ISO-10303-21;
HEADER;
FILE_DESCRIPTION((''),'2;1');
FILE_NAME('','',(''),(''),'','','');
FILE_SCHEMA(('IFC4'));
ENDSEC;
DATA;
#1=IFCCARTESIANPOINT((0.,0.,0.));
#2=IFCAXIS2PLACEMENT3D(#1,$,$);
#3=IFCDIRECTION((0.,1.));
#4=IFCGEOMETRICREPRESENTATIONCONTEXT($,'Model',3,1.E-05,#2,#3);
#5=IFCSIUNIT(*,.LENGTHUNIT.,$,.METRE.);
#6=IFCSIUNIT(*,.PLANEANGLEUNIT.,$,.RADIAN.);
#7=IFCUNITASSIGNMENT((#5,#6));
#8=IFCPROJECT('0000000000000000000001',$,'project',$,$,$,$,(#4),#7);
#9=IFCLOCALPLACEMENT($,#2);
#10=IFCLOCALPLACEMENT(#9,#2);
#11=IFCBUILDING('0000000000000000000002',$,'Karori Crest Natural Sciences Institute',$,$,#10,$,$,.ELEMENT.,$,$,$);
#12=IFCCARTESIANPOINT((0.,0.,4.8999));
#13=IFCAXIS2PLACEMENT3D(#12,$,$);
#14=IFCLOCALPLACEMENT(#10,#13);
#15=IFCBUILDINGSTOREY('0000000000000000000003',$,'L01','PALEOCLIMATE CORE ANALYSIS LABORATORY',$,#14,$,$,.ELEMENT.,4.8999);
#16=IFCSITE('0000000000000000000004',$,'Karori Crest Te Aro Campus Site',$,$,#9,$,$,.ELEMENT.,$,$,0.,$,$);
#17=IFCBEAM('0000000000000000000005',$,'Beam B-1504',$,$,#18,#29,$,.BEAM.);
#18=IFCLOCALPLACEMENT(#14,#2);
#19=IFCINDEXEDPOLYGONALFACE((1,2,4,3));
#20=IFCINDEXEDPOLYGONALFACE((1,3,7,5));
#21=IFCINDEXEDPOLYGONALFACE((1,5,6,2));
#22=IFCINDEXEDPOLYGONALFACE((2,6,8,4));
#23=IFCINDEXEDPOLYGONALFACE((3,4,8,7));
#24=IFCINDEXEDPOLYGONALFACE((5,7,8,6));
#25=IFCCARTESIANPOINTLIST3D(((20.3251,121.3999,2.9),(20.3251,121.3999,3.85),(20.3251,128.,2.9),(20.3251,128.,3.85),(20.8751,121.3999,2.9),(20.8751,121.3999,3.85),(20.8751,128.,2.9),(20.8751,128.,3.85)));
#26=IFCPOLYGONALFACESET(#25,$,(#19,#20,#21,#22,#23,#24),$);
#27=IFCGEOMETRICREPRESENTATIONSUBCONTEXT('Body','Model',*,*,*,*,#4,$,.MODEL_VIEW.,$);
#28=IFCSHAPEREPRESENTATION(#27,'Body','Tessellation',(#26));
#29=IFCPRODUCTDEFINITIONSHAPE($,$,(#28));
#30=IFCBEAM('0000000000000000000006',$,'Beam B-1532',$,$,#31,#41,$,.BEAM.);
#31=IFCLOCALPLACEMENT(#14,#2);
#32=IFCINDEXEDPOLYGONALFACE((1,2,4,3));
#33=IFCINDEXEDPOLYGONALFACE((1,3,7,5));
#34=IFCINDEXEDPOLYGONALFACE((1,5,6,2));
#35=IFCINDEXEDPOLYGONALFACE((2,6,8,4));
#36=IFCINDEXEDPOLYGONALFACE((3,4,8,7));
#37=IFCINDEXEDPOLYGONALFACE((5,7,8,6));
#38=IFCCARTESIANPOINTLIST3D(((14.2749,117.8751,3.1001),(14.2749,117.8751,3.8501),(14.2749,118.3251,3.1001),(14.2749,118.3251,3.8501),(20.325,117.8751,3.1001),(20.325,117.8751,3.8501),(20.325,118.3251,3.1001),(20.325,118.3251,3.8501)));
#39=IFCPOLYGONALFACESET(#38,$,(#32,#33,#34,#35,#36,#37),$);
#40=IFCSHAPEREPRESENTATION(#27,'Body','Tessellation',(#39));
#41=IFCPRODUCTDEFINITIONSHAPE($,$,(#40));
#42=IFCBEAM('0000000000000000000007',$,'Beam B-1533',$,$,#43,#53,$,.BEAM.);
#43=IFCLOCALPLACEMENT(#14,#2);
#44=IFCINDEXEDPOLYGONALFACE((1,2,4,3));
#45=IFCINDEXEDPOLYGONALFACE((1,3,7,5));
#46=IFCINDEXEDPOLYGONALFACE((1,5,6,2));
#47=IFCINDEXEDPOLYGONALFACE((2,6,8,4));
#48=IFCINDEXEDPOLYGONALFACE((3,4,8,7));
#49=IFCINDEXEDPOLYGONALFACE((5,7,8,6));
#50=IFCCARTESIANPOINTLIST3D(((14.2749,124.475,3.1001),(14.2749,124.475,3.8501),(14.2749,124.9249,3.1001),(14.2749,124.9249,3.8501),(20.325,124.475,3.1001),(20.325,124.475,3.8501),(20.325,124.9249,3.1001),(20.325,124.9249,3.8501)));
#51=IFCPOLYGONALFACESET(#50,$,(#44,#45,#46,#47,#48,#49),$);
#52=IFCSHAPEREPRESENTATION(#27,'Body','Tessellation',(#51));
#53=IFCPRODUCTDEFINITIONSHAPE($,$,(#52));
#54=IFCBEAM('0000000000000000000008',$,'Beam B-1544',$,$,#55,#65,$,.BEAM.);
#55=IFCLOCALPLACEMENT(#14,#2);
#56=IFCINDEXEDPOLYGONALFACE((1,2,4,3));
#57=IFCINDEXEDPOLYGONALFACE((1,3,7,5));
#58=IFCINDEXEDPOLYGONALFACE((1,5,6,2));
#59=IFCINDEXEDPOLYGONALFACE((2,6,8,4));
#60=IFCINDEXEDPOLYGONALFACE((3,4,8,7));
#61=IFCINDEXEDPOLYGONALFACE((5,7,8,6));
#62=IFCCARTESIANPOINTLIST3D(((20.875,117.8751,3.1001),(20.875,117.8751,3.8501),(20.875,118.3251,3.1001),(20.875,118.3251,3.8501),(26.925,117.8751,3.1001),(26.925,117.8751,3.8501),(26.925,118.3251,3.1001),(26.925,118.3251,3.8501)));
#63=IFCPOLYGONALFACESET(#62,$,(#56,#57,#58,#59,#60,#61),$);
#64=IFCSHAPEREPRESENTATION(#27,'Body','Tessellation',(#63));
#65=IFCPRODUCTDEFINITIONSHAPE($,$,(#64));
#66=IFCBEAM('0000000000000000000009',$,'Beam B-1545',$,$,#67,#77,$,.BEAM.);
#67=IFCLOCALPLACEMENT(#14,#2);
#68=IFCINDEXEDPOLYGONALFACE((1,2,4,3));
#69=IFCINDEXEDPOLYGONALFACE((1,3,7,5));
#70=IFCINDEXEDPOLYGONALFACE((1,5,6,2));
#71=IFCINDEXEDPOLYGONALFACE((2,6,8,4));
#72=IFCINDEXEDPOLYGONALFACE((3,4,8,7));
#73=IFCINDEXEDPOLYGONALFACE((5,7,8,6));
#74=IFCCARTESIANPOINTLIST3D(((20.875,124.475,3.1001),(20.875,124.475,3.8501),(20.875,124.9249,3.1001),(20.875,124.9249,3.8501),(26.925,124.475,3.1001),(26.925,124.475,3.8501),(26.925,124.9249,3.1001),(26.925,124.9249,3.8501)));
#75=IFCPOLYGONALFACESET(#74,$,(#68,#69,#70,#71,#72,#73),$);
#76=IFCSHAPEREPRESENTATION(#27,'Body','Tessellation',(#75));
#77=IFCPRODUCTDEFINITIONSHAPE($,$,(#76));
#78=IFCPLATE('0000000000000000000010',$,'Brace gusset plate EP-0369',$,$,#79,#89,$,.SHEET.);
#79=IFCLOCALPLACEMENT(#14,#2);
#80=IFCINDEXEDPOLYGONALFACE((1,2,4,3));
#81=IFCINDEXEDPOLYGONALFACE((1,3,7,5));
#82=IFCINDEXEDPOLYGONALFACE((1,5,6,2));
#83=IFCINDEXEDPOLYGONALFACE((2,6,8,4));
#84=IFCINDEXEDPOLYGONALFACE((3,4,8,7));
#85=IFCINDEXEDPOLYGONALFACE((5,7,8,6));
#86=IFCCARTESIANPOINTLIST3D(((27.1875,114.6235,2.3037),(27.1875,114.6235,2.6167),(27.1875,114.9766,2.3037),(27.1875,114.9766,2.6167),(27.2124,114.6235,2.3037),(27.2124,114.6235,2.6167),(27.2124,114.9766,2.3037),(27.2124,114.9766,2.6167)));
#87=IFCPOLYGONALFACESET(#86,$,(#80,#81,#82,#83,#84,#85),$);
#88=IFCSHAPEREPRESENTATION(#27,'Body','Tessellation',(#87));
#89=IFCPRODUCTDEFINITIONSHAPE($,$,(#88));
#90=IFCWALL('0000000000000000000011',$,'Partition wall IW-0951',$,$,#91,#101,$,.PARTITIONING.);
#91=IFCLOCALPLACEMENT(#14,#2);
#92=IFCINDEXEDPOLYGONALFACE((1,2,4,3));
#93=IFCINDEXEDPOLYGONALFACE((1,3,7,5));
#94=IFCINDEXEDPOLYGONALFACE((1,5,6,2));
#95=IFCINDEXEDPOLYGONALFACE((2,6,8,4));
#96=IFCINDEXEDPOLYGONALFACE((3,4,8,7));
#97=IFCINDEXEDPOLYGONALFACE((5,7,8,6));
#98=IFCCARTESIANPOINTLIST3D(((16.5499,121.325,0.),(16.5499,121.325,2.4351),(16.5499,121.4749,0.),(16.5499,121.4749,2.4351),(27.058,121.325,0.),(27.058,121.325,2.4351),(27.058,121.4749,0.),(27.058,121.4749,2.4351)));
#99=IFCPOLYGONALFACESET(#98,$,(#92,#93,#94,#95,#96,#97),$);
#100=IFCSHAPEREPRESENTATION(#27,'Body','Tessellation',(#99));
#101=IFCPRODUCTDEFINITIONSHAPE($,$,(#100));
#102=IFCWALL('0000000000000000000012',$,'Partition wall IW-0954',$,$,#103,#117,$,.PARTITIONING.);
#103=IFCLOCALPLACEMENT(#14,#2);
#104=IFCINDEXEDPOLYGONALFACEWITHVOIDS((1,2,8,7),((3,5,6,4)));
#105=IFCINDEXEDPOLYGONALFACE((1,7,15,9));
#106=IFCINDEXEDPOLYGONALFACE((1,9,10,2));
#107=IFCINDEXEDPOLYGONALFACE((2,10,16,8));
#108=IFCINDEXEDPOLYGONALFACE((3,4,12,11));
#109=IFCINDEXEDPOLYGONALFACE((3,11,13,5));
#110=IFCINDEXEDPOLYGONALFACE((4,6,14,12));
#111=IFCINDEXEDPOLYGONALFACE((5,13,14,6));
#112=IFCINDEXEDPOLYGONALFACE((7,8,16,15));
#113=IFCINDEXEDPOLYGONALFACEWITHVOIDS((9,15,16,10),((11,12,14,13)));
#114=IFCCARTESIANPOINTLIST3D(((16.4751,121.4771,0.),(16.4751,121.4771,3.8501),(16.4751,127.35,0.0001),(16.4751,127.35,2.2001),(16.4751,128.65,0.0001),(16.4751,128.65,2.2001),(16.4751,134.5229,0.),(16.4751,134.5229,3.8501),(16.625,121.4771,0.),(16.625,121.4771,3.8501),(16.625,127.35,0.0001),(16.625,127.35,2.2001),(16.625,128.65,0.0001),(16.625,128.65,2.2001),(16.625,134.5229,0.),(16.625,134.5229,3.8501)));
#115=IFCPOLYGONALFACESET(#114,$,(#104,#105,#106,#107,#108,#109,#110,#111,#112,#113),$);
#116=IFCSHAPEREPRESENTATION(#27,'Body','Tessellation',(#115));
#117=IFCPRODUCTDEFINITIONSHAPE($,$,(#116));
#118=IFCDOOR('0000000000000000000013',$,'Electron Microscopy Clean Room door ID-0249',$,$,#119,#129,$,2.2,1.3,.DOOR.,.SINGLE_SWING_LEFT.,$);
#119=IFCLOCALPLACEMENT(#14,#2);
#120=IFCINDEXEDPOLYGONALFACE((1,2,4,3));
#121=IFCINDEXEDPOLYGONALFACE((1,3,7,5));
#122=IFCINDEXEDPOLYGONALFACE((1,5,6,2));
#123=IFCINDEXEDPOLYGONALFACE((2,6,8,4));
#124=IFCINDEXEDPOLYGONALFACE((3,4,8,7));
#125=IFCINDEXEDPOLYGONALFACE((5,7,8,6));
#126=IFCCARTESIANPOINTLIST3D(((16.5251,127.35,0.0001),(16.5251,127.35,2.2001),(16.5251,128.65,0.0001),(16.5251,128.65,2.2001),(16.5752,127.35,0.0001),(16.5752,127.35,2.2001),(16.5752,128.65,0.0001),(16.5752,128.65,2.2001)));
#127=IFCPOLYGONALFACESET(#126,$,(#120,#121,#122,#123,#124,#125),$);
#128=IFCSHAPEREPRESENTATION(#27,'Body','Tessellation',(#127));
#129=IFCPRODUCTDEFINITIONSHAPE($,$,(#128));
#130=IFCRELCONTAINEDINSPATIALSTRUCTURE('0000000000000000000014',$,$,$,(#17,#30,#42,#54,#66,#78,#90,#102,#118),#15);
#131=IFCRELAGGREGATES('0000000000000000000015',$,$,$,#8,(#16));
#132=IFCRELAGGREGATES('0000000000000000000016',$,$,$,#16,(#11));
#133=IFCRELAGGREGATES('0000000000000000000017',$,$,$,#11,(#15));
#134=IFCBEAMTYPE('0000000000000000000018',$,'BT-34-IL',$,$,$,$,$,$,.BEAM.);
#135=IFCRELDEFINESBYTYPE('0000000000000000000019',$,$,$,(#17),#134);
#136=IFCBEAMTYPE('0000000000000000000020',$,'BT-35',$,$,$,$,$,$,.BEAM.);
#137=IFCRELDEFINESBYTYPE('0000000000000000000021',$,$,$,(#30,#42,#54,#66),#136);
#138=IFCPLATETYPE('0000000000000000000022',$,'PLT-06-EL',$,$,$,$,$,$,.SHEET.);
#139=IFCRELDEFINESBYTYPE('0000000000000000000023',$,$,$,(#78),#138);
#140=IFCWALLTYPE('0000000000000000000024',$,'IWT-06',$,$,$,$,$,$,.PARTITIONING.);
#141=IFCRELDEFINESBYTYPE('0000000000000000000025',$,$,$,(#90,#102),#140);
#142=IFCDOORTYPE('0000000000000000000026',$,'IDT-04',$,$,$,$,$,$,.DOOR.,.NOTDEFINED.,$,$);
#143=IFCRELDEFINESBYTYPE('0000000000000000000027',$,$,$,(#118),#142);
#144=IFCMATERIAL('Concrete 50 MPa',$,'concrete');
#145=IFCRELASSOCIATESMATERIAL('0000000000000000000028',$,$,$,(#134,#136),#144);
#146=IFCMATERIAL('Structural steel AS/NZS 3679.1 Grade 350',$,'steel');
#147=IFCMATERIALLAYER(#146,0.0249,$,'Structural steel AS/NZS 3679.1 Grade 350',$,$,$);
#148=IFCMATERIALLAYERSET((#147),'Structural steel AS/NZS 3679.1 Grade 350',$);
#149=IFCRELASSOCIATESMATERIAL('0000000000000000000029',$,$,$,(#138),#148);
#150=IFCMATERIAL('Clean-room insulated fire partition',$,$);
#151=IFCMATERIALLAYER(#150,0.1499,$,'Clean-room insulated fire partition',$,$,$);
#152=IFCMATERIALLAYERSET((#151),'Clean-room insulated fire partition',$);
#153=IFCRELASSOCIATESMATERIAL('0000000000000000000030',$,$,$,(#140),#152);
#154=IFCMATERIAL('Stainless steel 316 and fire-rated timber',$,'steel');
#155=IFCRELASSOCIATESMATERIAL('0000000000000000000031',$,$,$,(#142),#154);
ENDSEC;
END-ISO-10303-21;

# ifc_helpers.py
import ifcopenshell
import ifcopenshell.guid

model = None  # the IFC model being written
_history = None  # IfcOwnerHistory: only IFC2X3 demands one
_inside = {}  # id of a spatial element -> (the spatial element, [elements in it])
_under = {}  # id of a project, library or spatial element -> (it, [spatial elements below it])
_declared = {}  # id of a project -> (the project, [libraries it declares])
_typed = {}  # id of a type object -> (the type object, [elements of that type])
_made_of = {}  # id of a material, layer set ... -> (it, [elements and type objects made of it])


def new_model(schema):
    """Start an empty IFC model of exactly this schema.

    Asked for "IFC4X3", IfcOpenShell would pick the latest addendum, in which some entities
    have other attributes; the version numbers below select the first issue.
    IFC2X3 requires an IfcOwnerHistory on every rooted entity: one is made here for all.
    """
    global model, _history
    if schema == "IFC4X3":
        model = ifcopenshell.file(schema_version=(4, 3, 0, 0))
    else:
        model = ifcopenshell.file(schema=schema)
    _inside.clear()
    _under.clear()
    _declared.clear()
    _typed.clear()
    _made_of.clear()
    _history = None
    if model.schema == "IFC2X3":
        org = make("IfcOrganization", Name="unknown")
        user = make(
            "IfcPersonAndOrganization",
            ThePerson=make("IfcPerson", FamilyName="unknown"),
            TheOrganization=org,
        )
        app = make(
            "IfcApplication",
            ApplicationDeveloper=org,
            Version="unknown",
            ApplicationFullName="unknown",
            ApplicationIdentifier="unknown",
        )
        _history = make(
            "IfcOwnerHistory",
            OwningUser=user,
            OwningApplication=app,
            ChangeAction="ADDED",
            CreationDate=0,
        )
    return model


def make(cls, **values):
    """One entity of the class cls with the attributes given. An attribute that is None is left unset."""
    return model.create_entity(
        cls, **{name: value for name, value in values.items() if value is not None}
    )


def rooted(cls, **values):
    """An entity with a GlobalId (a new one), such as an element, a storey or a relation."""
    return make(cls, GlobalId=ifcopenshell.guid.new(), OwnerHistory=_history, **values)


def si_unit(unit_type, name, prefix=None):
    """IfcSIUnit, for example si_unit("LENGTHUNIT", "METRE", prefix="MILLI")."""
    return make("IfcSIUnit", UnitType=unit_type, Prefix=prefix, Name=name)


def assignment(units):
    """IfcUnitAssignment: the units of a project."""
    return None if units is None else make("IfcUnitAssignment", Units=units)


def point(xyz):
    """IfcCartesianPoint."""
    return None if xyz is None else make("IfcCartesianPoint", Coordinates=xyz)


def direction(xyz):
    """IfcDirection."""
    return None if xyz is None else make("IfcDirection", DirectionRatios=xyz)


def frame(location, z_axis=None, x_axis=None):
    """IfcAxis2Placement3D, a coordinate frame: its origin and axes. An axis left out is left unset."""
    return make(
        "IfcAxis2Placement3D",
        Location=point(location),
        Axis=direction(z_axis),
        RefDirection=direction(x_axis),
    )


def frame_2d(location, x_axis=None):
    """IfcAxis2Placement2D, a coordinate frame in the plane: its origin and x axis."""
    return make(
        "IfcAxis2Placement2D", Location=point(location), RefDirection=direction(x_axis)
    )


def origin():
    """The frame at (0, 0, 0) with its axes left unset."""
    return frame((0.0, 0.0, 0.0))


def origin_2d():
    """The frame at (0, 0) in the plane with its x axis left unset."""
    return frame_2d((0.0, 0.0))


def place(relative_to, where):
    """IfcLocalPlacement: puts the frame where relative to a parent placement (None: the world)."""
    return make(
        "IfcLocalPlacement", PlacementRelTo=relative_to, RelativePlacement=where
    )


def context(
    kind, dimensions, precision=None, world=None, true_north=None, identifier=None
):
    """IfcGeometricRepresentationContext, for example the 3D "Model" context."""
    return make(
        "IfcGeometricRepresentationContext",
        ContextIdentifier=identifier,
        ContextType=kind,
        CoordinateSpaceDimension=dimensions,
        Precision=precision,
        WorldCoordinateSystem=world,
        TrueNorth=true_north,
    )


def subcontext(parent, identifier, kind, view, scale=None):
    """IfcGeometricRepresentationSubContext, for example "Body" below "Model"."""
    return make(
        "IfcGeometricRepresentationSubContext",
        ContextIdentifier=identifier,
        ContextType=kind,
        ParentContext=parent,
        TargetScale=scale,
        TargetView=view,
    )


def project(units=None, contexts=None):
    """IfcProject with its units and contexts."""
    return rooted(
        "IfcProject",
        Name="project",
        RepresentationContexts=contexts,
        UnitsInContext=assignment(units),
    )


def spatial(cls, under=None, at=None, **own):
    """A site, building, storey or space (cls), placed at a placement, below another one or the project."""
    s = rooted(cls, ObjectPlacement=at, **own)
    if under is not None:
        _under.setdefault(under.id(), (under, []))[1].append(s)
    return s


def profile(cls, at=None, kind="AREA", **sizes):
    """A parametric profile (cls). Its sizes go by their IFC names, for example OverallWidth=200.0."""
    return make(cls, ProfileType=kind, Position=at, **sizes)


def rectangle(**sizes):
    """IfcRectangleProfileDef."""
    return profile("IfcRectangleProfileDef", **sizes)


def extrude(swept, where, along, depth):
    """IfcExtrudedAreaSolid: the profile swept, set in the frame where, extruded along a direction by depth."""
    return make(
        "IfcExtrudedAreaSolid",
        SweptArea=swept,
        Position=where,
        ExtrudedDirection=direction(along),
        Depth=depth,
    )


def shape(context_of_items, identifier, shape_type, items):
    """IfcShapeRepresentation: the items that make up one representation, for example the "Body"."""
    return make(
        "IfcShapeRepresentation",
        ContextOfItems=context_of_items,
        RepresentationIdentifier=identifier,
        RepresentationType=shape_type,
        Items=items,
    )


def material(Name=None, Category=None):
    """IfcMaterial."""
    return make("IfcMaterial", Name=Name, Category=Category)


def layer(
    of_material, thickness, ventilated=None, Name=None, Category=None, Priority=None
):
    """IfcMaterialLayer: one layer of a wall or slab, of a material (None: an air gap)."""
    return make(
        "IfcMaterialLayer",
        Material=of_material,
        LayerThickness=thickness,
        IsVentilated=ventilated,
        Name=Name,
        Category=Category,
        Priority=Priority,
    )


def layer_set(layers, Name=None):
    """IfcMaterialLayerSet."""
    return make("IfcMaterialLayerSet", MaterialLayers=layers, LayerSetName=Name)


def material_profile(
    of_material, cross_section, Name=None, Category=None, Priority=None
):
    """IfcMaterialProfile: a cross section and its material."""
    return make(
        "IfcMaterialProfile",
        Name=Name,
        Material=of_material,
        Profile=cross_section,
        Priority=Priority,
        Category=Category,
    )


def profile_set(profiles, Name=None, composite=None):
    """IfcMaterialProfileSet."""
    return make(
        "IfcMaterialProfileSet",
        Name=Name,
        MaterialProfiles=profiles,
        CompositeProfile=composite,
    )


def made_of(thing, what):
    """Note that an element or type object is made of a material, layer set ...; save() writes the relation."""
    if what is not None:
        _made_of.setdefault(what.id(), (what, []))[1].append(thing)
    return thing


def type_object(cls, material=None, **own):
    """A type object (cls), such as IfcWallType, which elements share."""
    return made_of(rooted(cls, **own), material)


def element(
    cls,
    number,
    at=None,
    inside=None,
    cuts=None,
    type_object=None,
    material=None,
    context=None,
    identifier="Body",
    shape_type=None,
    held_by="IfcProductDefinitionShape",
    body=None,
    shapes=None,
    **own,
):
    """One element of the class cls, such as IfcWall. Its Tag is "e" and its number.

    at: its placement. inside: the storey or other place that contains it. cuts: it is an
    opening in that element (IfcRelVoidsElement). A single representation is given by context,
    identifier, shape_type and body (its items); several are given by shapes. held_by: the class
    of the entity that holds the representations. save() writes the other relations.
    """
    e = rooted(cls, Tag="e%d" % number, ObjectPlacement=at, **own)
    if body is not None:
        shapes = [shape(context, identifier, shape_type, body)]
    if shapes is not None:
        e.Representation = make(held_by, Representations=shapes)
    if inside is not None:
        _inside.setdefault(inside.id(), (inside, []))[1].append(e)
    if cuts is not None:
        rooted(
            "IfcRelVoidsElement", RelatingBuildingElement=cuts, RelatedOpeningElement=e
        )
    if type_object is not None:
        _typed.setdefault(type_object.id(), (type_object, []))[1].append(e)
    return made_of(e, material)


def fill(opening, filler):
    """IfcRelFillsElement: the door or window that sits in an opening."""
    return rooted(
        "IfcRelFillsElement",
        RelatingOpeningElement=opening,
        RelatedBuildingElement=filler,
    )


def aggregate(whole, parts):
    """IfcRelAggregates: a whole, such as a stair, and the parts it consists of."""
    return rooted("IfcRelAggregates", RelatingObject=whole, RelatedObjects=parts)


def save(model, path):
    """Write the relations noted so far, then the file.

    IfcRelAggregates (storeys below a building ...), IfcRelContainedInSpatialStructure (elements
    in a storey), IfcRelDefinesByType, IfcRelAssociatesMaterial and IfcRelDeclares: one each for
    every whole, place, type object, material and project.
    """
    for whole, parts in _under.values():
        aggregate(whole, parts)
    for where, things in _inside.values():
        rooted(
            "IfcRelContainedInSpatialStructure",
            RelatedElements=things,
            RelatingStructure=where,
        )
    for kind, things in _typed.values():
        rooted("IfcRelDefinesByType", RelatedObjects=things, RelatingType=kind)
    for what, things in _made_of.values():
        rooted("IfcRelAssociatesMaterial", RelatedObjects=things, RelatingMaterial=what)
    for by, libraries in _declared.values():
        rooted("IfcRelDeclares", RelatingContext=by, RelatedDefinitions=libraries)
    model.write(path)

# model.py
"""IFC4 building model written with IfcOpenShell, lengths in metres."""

from ifc_helpers import new_model, si_unit, direction, frame, frame_2d, origin, origin_2d, place, context, subcontext, project, spatial, rectangle, extrude, material, layer, layer_set, material_profile, profile_set, type_object, element, fill, save


model = new_model("IFC4")

# Units and contexts
model_context = context("Model", 3, precision=1e-05, world=origin(), true_north=direction((0.0, 1.0)))
body_context = subcontext(model_context, "Body", "Model", "MODEL_VIEW")
ifc_project = project(units=[si_unit("LENGTHUNIT", "METRE"), si_unit("PLANEANGLEUNIT", "RADIAN")], contexts=[model_context])

# Site, building, storey
site_placement = place(None, origin())
site = spatial("IfcSite", under=ifc_project, at=site_placement, Name="Karori Crest Te Aro Campus Site", CompositionType="ELEMENT", RefElevation=0.0)
building_placement = place(site_placement, origin())
building = spatial("IfcBuilding", under=site, at=building_placement, Name="Karori Crest Natural Sciences Institute", CompositionType="ELEMENT")
storey_placement = place(building_placement, frame((0.0, 0.0, 4.8999)))
storey = spatial("IfcBuildingStorey", under=building, at=storey_placement, Name="L01", Description="PALEOCLIMATE CORE ANALYSIS LABORATORY", CompositionType="ELEMENT", Elevation=4.8999)

# Shared definitions
ifc_material_1 = material(Name="Concrete 50 MPa", Category="concrete")

# Beams
ifc_material_2 = material(Name="Structural steel AS/NZS 3679.1 Grade 350", Category="steel")
ifc_material_profile_1 = material_profile(ifc_material_1, rectangle(XDim=0.55, YDim=0.95, at=origin_2d()), Name="RCB550x950")
ifc_profile_set_1 = profile_set([ifc_material_profile_1], Name="Concrete 50 MPa")
beam_type_1 = type_object("IfcBeamType", Name="BT-34-IL", PredefinedType="BEAM", material=ifc_profile_set_1)
beam_1_placement = place(storey_placement, frame((20.6001, 121.3999, 3.375), z_axis=(0.0, 1.0, 0.0), x_axis=(-1.0, 0.0, 0.0)))
element("IfcBeam", 1, at=beam_1_placement, inside=storey, type_object=beam_type_1, Name="Beam B-1504", PredefinedType="BEAM", context=body_context, shape_type="SweptSolid", body=[
    extrude(rectangle(XDim=0.55, YDim=0.95, at=origin_2d()), origin(), (0.0, 0.0, 1.0), 6.6001),
])
ifc_material_profile_2 = material_profile(ifc_material_1, rectangle(XDim=0.45, YDim=0.75, at=origin_2d()), Name="RCB450x750")
ifc_profile_set_2 = profile_set([ifc_material_profile_2], Name="Concrete 50 MPa")
beam_type_2 = type_object("IfcBeamType", Name="BT-35", PredefinedType="BEAM", material=ifc_profile_set_2)
for number, where, z_axis, x_axis, name in (
    (2, (14.2749, 118.1001, 3.4751), (1.0, 0.0, 0.0), (0.0, 1.0, 0.0), "Beam B-1532"),
    (3, (14.2749, 124.7, 3.4751), (1.0, 0.0, 0.0), (0.0, 1.0, 0.0), "Beam B-1533"),
    (4, (20.875, 118.1001, 3.4751), (1.0, 0.0, 0.0), (0.0, 1.0, 0.0), "Beam B-1544"),
    (5, (20.875, 124.7, 3.4751), (1.0, 0.0, 0.0), (0.0, 1.0, 0.0), "Beam B-1545"),
):
    element("IfcBeam", number, at=place(storey_placement, frame(where, z_axis=z_axis, x_axis=x_axis)), inside=storey, type_object=beam_type_2, Name=name, PredefinedType="BEAM", context=body_context, shape_type="SweptSolid", body=[
        extrude(rectangle(XDim=0.45, YDim=0.75, at=origin_2d()), origin(), (0.0, 0.0, 1.0), 6.05),
    ])

# Plate
ifc_layer_1 = layer(ifc_material_2, 0.0249, Name="Structural steel AS/NZS 3679.1 Grade 350")
ifc_layer_set_1 = layer_set([ifc_layer_1], Name="Structural steel AS/NZS 3679.1 Grade 350")
plate_type = type_object("IfcPlateType", Name="PLT-06-EL", PredefinedType="SHEET", material=ifc_layer_set_1)
plate_placement = place(storey_placement, frame((27.2, 114.8, 2.3037), z_axis=(0.0, 0.0, 1.0), x_axis=(0.0, 1.0, 0.0)))
element("IfcPlate", 6, at=plate_placement, inside=storey, type_object=plate_type, Name="Brace gusset plate EP-0369", PredefinedType="SHEET", context=body_context, shape_type="SweptSolid", body=[
    extrude(rectangle(XDim=0.353, YDim=0.0249, at=origin_2d()), origin(), (0.0, 0.0, 1.0), 0.313),
])

# Wall
ifc_material_3 = material(Name="Clean-room insulated fire partition")
ifc_layer_2 = layer(ifc_material_3, 0.1499, Name="Clean-room insulated fire partition")
ifc_layer_set_2 = layer_set([ifc_layer_2], Name="Clean-room insulated fire partition")
wall_type = type_object("IfcWallType", Name="IWT-06", PredefinedType="PARTITIONING", material=ifc_layer_set_2)
wall_1_placement = place(storey_placement, frame((16.55, 121.3999, 0.0), z_axis=(0.0, 0.0, 1.0), x_axis=(1.0, 0.0, 0.0)))
element("IfcWall", 7, at=wall_1_placement, inside=storey, type_object=wall_type, Name="Partition wall IW-0951", PredefinedType="PARTITIONING", context=body_context, shape_type="SweptSolid", body=[
    extrude(rectangle(XDim=10.5081, YDim=0.1499, at=frame_2d((5.2539, 0.0))), origin(), (0.0, 0.0, 1.0), 2.4351),
])

# Wall, opening, door
wall_2_placement = place(storey_placement, frame((16.55, 121.4771, 0.0), z_axis=(0.0, 0.0, 1.0), x_axis=(0.0, 1.0, 0.0)))
wall_2 = element("IfcWall", 8, at=wall_2_placement, inside=storey, type_object=wall_type, Name="Partition wall IW-0954", PredefinedType="PARTITIONING", context=body_context, shape_type="SweptSolid", body=[
    extrude(rectangle(XDim=13.0459, YDim=0.1499, at=frame_2d((6.5229, 0.0))), origin(), (0.0, 0.0, 1.0), 3.8501),
])
opening_placement = place(wall_2_placement, frame((5.873, 0.0, 0.0)))
opening = element("IfcOpeningElement", 9, at=opening_placement, cuts=wall_2, PredefinedType="OPENING", context=body_context, shape_type="SweptSolid", body=[
    extrude(rectangle(XDim=1.3, YDim=2.2, at=frame_2d((0.6499, 1.1001))), frame((0.0, 0.085, 0.0), z_axis=(0.0, -1.0, 0.0), x_axis=(1.0, 0.0, 0.0)), (0.0, 0.0, 1.0), 0.1699),
])
ifc_material_4 = material(Name="Stainless steel 316 and fire-rated timber", Category="steel")
door_type = type_object("IfcDoorType", Name="IDT-04", OperationType="NOTDEFINED", PredefinedType="DOOR", material=ifc_material_4)
door_placement = place(opening_placement, origin())
door = element("IfcDoor", 10, at=door_placement, inside=storey, type_object=door_type, Name="Electron Microscopy Clean Room door ID-0249", OperationType="SINGLE_SWING_LEFT", OverallHeight=2.2, OverallWidth=1.3, PredefinedType="DOOR", context=body_context, shape_type="SweptSolid", body=[
    extrude(rectangle(XDim=1.3, YDim=2.2, at=frame_2d((0.6499, 1.1001))), frame((0.0, 0.0249, 0.0), z_axis=(0.0, -1.0, 0.0), x_axis=(1.0, 0.0, 0.0)), (0.0, 0.0, 1.0), 0.05),
])
fill(opening, door)

save(model, "model.ifc")
